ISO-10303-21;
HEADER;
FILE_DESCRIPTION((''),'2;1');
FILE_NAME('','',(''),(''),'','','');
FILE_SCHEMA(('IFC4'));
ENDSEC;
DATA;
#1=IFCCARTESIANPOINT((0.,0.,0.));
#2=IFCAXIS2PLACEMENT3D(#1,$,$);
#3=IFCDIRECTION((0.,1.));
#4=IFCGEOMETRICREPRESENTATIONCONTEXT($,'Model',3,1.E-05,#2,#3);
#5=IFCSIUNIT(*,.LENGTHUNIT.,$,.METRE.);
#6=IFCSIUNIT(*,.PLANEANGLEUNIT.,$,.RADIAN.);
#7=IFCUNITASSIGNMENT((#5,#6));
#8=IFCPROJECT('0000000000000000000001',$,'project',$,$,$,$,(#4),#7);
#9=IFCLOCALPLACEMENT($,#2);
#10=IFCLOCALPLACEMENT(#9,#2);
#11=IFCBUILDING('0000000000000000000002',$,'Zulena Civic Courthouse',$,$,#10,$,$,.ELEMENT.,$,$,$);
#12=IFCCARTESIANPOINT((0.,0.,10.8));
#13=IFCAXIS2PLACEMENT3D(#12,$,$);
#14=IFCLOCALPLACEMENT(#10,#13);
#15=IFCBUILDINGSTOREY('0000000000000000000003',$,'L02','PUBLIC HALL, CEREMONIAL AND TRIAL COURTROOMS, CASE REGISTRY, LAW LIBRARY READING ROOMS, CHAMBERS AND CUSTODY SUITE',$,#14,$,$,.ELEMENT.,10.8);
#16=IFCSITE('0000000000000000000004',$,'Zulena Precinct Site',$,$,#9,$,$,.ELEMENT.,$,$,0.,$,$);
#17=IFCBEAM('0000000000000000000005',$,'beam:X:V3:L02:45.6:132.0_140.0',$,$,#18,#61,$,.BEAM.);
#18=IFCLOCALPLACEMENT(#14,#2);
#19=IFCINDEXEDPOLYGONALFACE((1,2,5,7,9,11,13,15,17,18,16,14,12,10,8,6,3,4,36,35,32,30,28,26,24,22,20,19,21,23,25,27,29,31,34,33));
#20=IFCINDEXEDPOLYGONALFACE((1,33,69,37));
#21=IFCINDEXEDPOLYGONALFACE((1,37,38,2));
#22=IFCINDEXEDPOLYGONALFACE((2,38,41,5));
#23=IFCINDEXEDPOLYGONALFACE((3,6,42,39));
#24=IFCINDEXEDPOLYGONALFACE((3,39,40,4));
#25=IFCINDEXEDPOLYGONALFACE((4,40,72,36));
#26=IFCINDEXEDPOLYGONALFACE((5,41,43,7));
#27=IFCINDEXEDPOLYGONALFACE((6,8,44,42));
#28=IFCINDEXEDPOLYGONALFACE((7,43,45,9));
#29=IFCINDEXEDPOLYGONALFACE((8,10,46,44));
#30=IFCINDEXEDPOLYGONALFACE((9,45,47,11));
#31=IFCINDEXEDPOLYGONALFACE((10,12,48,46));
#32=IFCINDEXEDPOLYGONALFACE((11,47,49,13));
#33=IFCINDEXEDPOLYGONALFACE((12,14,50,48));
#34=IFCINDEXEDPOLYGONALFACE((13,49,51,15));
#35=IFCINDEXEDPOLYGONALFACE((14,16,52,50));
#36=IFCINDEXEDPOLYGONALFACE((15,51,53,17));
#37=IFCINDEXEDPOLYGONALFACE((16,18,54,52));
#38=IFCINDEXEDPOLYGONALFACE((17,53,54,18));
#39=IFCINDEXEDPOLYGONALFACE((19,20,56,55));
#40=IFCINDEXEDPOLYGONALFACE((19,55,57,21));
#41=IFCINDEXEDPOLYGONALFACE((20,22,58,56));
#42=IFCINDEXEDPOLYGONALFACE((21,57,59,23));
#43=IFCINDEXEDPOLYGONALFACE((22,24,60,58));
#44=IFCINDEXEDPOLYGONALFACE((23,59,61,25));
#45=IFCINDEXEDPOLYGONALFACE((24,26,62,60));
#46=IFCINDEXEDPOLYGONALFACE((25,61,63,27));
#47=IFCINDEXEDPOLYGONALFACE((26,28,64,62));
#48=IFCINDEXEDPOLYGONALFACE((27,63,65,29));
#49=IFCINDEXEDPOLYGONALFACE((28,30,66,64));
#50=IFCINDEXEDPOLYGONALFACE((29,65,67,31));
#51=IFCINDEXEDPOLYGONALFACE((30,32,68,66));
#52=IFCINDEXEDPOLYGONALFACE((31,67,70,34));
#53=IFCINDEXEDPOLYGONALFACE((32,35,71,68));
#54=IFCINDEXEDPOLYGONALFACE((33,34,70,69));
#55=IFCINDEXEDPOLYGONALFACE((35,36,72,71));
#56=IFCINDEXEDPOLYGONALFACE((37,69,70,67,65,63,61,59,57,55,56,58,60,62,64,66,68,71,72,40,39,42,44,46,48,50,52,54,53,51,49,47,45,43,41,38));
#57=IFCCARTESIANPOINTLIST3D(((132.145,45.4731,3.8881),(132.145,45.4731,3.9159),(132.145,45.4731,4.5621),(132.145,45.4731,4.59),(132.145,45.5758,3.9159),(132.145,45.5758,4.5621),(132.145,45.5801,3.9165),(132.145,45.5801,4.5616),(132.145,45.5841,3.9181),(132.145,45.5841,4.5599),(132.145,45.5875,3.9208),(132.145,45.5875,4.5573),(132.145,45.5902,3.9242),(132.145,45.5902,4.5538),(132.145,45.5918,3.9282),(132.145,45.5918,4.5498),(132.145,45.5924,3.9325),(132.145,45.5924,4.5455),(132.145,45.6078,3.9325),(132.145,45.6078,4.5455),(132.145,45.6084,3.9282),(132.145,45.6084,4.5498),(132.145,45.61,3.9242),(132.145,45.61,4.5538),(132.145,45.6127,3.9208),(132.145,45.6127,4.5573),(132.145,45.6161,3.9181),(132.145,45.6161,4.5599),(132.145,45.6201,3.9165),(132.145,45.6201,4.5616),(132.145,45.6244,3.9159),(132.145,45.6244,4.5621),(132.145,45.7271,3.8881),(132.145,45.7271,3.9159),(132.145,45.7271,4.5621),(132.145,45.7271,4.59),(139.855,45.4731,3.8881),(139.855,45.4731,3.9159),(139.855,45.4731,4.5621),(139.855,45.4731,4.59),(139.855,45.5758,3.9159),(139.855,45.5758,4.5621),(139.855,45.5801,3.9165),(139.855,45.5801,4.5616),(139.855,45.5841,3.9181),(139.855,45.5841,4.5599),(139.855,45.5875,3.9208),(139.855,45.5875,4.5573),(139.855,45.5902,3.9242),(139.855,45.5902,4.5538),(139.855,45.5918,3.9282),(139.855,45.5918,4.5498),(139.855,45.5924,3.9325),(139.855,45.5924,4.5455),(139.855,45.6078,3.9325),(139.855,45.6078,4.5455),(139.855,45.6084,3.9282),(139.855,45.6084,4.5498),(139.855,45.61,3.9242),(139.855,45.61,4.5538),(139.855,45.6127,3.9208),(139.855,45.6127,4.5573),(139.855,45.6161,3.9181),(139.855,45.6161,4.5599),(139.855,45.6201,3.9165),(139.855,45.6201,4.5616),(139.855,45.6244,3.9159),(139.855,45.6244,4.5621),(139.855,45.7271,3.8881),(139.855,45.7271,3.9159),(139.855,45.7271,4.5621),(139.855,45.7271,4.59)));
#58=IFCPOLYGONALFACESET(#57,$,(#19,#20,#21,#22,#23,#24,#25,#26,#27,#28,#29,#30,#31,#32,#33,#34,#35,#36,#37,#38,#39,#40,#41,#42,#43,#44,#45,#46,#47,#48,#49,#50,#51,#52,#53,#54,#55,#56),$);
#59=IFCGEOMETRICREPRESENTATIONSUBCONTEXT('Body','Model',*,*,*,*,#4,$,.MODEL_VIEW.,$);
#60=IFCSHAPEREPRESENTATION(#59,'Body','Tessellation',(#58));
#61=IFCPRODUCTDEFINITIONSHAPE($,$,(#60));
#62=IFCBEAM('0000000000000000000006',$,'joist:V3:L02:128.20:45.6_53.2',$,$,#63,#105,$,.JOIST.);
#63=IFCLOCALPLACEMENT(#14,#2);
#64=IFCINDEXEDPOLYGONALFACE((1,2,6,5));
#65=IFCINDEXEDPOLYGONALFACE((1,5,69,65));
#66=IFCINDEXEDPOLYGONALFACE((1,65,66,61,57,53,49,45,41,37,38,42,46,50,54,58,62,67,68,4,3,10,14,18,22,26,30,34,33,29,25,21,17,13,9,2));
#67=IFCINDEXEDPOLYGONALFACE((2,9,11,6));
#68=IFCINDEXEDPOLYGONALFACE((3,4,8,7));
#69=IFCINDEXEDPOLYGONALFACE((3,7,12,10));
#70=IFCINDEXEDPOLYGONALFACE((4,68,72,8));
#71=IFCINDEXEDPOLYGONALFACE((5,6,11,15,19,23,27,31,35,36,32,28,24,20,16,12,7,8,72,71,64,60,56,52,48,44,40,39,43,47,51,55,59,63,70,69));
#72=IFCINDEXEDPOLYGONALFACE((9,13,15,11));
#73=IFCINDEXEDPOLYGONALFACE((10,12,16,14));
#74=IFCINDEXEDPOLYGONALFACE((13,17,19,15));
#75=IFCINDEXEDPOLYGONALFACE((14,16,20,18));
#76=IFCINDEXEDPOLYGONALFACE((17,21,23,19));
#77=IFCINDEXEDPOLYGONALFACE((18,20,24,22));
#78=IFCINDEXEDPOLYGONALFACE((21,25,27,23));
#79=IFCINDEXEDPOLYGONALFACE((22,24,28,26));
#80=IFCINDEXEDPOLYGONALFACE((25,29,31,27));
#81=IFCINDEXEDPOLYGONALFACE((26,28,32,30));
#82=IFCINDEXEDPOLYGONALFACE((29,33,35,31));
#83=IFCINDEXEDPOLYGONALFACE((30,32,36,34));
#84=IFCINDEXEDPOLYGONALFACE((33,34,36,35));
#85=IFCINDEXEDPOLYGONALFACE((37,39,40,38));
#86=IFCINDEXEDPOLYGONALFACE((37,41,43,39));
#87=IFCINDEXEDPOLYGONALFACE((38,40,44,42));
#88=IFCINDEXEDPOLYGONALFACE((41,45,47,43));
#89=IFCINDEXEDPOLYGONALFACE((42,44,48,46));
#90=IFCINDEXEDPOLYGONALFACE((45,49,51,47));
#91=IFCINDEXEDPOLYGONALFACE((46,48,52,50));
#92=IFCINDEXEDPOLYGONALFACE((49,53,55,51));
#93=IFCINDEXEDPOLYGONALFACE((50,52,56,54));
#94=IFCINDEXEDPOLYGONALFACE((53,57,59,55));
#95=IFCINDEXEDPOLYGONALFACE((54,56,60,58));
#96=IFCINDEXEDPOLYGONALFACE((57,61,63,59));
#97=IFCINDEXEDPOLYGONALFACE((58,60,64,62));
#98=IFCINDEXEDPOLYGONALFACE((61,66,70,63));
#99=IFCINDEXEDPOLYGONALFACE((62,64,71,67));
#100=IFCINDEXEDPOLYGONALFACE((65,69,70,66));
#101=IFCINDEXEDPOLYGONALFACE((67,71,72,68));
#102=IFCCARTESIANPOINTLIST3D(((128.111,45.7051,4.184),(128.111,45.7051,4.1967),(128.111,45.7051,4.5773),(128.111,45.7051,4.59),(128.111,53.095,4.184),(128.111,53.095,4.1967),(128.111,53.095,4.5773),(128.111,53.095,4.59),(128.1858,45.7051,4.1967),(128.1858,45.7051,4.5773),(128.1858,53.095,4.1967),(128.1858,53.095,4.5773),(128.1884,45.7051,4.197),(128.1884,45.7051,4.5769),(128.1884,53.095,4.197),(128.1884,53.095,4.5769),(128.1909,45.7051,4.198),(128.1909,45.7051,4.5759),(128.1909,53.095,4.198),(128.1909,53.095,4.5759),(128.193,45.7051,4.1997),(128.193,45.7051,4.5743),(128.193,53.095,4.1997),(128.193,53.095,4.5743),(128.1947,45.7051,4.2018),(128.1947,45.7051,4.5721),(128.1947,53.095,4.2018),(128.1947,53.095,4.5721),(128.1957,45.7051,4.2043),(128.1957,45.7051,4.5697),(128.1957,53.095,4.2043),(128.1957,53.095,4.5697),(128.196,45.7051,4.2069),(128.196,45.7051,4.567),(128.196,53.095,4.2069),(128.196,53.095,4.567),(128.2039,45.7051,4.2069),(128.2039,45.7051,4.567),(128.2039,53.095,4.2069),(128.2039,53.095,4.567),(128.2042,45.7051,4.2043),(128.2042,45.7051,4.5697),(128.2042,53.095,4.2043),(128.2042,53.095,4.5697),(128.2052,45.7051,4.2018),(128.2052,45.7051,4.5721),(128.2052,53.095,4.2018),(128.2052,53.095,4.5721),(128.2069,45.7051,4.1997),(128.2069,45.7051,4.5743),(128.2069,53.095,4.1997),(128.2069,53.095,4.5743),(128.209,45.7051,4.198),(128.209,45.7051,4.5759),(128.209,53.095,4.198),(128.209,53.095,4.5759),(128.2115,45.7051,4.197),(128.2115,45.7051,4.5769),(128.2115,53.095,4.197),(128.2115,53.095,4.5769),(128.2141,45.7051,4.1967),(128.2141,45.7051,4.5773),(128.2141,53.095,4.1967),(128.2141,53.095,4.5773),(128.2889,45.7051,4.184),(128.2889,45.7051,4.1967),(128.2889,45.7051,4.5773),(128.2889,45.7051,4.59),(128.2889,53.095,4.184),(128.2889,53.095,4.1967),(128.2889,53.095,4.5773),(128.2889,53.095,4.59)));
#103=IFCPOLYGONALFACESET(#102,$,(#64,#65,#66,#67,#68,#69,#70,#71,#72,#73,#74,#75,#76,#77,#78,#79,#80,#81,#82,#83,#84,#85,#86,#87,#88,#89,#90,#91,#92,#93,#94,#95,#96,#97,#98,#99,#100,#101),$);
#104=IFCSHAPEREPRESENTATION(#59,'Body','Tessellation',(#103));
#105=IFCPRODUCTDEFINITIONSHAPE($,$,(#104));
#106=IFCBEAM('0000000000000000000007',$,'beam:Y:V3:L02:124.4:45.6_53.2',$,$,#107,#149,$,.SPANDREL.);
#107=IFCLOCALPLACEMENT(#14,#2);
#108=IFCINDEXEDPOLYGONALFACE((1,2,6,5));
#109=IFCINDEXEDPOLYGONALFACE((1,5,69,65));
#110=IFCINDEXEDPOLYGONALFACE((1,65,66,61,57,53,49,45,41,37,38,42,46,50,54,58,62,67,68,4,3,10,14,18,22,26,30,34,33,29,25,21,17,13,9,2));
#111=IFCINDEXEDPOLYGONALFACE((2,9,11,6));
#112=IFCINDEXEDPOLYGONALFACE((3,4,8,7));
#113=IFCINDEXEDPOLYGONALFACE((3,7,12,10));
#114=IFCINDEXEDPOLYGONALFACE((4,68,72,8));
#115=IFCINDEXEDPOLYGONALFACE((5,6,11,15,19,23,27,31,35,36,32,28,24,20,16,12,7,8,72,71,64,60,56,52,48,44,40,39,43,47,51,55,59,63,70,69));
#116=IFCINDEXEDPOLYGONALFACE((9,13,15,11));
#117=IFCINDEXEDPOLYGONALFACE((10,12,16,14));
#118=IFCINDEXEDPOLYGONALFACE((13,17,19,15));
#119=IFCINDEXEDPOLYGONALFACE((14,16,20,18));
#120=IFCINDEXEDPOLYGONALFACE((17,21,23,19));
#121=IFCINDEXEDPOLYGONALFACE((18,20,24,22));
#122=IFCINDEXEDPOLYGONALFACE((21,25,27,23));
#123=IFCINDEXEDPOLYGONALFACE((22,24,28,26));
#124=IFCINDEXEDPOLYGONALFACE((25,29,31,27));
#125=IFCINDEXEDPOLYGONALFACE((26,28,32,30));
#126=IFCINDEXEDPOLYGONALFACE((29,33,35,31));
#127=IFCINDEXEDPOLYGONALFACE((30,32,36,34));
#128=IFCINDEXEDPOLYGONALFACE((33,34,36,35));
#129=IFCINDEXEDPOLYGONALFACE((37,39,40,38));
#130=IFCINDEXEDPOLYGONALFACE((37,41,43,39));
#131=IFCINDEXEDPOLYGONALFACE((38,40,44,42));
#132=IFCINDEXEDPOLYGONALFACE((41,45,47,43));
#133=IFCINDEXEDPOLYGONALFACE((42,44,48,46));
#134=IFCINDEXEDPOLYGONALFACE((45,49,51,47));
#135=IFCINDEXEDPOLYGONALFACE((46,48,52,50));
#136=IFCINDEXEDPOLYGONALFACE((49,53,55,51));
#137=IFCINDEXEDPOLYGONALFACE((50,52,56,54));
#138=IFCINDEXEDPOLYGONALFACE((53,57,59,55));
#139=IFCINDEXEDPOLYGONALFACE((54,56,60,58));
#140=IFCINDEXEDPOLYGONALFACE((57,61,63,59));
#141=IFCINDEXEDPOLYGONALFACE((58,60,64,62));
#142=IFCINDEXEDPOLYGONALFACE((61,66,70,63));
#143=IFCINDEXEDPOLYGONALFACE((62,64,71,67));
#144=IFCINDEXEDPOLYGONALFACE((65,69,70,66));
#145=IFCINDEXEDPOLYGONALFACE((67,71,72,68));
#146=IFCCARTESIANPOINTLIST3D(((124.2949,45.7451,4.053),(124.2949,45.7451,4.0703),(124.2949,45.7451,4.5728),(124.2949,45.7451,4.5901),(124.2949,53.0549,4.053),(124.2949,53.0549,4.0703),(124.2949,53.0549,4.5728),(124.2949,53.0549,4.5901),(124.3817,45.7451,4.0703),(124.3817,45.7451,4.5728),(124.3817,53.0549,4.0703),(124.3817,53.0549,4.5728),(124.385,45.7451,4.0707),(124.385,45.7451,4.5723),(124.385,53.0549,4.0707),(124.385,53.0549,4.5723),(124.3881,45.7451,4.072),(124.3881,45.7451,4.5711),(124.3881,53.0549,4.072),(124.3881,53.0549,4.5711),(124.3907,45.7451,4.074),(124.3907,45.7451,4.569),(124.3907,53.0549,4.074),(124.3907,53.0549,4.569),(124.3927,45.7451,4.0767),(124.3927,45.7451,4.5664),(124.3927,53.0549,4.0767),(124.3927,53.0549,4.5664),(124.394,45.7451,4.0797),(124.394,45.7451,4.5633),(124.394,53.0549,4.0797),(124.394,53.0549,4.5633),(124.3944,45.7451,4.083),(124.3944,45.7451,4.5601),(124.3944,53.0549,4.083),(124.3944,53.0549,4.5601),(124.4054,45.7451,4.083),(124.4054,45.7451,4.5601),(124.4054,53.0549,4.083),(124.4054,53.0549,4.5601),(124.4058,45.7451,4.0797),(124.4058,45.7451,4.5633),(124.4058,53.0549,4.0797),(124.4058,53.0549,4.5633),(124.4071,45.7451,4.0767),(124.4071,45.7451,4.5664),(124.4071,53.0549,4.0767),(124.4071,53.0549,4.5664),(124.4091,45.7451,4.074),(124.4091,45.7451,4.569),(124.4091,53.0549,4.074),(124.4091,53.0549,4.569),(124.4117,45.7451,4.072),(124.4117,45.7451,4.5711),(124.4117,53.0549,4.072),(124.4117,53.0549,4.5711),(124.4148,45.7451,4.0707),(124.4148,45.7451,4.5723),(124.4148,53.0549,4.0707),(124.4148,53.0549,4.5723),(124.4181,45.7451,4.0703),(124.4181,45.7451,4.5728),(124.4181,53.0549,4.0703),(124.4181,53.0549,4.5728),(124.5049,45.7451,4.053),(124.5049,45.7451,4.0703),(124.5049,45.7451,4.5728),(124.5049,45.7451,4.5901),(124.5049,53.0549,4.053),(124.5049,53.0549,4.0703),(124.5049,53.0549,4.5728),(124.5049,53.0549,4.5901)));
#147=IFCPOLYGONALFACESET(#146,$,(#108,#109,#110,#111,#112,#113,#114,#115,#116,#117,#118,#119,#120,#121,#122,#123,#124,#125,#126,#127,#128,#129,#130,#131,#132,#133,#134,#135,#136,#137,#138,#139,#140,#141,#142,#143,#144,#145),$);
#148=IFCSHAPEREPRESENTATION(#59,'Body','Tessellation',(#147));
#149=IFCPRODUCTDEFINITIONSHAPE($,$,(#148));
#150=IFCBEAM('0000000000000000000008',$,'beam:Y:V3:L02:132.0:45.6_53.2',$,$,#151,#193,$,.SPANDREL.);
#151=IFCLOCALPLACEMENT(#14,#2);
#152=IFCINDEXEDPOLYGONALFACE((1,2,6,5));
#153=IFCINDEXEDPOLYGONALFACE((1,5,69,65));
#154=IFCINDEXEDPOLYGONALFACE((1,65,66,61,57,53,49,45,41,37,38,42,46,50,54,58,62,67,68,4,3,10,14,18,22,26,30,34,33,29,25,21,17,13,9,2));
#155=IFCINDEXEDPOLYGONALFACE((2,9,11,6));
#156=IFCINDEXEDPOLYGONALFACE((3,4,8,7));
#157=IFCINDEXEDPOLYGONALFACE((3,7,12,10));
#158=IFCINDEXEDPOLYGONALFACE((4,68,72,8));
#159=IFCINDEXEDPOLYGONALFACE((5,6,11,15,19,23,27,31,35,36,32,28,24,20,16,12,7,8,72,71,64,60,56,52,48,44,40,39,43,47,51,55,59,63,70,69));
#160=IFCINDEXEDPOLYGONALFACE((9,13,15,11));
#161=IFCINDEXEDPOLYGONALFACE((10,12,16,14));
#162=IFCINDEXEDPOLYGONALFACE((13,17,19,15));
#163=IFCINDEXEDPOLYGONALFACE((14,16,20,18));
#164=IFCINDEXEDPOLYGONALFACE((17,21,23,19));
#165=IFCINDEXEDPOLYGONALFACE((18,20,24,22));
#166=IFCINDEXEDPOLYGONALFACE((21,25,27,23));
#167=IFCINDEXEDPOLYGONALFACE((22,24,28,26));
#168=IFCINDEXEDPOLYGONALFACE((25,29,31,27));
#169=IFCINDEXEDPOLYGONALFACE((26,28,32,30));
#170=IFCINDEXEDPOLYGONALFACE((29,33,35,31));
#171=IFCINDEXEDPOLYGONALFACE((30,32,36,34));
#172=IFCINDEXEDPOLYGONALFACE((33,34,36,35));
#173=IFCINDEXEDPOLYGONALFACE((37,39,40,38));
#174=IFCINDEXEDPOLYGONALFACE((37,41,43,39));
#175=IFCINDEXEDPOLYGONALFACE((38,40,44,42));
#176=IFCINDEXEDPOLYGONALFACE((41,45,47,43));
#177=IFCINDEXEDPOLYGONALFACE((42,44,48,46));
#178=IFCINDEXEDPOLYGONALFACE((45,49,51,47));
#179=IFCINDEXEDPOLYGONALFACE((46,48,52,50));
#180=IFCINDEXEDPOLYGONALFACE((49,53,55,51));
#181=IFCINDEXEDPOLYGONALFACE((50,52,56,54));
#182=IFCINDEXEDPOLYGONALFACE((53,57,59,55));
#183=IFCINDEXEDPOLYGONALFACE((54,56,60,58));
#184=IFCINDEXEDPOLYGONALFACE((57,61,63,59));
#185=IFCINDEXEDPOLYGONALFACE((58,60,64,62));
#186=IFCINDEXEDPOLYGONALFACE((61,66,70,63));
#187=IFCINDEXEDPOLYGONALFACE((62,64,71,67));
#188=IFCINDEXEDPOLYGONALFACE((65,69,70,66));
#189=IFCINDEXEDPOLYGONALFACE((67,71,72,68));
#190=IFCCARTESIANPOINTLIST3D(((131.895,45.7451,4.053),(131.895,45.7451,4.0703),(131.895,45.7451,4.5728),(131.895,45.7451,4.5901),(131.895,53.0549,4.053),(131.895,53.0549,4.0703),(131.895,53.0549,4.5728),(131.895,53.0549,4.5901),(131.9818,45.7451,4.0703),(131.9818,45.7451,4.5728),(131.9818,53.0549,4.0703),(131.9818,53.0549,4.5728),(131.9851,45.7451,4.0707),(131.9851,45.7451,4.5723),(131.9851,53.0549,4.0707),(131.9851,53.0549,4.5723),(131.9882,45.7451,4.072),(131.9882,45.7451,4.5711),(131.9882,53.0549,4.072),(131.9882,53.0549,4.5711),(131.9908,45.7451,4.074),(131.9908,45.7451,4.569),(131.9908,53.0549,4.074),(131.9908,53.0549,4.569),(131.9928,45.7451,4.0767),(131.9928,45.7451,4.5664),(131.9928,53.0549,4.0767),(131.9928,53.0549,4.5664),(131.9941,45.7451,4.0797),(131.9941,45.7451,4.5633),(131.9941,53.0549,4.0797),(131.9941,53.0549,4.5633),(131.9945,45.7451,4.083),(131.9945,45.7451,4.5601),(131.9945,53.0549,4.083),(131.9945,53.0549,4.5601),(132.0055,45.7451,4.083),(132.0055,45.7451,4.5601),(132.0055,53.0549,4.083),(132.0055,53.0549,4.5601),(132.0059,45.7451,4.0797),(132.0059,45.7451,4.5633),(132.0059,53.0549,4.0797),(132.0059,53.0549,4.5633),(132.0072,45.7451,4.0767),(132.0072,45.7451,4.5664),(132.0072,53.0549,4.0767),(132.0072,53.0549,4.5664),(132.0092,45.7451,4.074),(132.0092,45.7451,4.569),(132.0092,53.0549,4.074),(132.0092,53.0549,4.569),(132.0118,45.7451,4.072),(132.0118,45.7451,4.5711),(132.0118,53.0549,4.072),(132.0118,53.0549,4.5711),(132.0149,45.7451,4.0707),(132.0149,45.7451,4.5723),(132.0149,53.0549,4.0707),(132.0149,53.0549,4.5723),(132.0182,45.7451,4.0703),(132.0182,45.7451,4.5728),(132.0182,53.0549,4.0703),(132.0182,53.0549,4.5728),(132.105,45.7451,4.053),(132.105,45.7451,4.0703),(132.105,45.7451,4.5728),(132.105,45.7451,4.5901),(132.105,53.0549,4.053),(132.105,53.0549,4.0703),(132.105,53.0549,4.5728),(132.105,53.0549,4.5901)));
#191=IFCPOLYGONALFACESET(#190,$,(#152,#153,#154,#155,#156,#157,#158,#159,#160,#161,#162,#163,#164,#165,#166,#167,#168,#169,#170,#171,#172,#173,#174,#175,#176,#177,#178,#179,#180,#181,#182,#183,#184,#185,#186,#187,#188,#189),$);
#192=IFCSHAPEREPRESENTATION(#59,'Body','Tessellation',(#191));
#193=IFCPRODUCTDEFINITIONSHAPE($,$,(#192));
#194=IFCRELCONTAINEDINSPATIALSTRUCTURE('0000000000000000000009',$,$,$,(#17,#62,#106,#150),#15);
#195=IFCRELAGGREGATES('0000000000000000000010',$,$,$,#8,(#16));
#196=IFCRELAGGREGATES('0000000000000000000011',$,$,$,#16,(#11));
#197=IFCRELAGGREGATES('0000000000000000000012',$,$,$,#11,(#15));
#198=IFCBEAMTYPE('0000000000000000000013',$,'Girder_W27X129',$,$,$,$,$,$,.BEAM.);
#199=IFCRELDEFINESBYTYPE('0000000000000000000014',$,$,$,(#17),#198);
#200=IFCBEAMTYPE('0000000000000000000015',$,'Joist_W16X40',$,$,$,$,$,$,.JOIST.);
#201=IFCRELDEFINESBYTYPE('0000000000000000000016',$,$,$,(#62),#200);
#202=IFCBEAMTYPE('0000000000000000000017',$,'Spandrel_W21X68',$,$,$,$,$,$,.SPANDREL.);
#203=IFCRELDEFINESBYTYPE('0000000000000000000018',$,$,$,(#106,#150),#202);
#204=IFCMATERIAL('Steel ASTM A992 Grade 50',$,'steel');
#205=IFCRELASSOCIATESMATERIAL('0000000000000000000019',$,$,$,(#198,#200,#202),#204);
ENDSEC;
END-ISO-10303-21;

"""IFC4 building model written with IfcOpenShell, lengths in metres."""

from ifc_helpers import new_model, si_unit, direction, frame, origin, origin_2d, place, context, subcontext, project, spatial, i_section, extrude, material, material_profile, profile_set, type_object, element, save


model = new_model("IFC4")

# Units and contexts
model_context = context("Model", 3, precision=1e-05, world=origin(), true_north=direction((0.0, 1.0)))
body_context = subcontext(model_context, "Body", "Model", "MODEL_VIEW")
ifc_project = project(units=[si_unit("LENGTHUNIT", "METRE"), si_unit("PLANEANGLEUNIT", "RADIAN")], contexts=[model_context])

# Site, building, storey
site_placement = place(None, origin())
site = spatial("IfcSite", under=ifc_project, at=site_placement, Name="Zulena Precinct Site", CompositionType="ELEMENT", RefElevation=0.0)
building_placement = place(site_placement, origin())
building = spatial("IfcBuilding", under=site, at=building_placement, Name="Zulena Civic Courthouse", CompositionType="ELEMENT")
storey_placement = place(building_placement, frame((0.0, 0.0, 10.8)))
storey = spatial("IfcBuildingStorey", under=building, at=storey_placement, Name="L02", Description="PUBLIC HALL, CEREMONIAL AND TRIAL COURTROOMS, CASE REGISTRY, LAW LIBRARY READING ROOMS, CHAMBERS AND CUSTODY SUITE", CompositionType="ELEMENT", Elevation=10.8)

# Shared definitions
ifc_material_1 = material(Name="Steel ASTM A992 Grade 50", Category="steel")

# Beams
ifc_material_profile_1 = material_profile(ifc_material_1, i_section(OverallWidth=0.2539, OverallDepth=0.7019, WebThickness=0.0154, FlangeThickness=0.0278, FilletRadius=0.0166, at=origin_2d()), Name="W27X129")
ifc_profile_set_1 = profile_set([ifc_material_profile_1], Name="Steel ASTM A992 Grade 50")
beam_type_1 = type_object("IfcBeamType", Name="Girder_W27X129", PredefinedType="BEAM", material=ifc_profile_set_1)
beam_1_placement = place(storey_placement, frame((132.145, 45.6001, 4.239), z_axis=(1.0, 0.0, 0.0), x_axis=(0.0, 1.0, 0.0)))
element("IfcBeam", 1, at=beam_1_placement, inside=storey, type_object=beam_type_1, Name="beam:X:V3:L02:45.6:132.0_140.0", PredefinedType="BEAM", context=body_context, shape_type="SweptSolid", body=[
    extrude(i_section(OverallWidth=0.2539, OverallDepth=0.7019, WebThickness=0.0154, FlangeThickness=0.0278, FilletRadius=0.0166, at=origin_2d()), origin(), (0.0, 0.0, 1.0), 7.71),
])
ifc_material_profile_2 = material_profile(ifc_material_1, i_section(OverallWidth=0.178, OverallDepth=0.406, WebThickness=0.0078, FlangeThickness=0.0127, FilletRadius=0.0103, at=origin_2d()), Name="W16X40")
ifc_profile_set_2 = profile_set([ifc_material_profile_2], Name="Steel ASTM A992 Grade 50")
beam_type_2 = type_object("IfcBeamType", Name="Joist_W16X40", PredefinedType="JOIST", material=ifc_profile_set_2)
beam_2_placement = place(storey_placement, frame((128.2, 45.7051, 4.387), z_axis=(0.0, 1.0, 0.0), x_axis=(-1.0, 0.0, 0.0)))
element("IfcBeam", 2, at=beam_2_placement, inside=storey, type_object=beam_type_2, Name="joist:V3:L02:128.20:45.6_53.2", PredefinedType="JOIST", context=body_context, shape_type="SweptSolid", body=[
    extrude(i_section(OverallWidth=0.178, OverallDepth=0.406, WebThickness=0.0078, FlangeThickness=0.0127, FilletRadius=0.0103, at=origin_2d()), origin(), (0.0, 0.0, 1.0), 7.3899),
])
ifc_material_profile_3 = material_profile(ifc_material_1, i_section(OverallWidth=0.21, OverallDepth=0.5371, WebThickness=0.011, FlangeThickness=0.0173, FilletRadius=0.0127, at=origin_2d()), Name="W21X68")
ifc_profile_set_3 = profile_set([ifc_material_profile_3], Name="Steel ASTM A992 Grade 50")
beam_type_3 = type_object("IfcBeamType", Name="Spandrel_W21X68", PredefinedType="SPANDREL", material=ifc_profile_set_3)
for number, where, z_axis, x_axis, name in (
    (3, (124.3999, 45.7451, 4.3215), (0.0, 1.0, 0.0), (-1.0, 0.0, 0.0), "beam:Y:V3:L02:124.4:45.6_53.2"),
    (4, (132.0, 45.7451, 4.3215), (0.0, 1.0, 0.0), (-1.0, 0.0, 0.0), "beam:Y:V3:L02:132.0:45.6_53.2"),
):
    element("IfcBeam", number, at=place(storey_placement, frame(where, z_axis=z_axis, x_axis=x_axis)), inside=storey, type_object=beam_type_3, Name=name, PredefinedType="SPANDREL", context=body_context, shape_type="SweptSolid", body=[
        extrude(i_section(OverallWidth=0.21, OverallDepth=0.5371, WebThickness=0.011, FlangeThickness=0.0173, FilletRadius=0.0127, at=origin_2d()), origin(), (0.0, 0.0, 1.0), 7.3098),
    ])

save(model, "model.ifc")
